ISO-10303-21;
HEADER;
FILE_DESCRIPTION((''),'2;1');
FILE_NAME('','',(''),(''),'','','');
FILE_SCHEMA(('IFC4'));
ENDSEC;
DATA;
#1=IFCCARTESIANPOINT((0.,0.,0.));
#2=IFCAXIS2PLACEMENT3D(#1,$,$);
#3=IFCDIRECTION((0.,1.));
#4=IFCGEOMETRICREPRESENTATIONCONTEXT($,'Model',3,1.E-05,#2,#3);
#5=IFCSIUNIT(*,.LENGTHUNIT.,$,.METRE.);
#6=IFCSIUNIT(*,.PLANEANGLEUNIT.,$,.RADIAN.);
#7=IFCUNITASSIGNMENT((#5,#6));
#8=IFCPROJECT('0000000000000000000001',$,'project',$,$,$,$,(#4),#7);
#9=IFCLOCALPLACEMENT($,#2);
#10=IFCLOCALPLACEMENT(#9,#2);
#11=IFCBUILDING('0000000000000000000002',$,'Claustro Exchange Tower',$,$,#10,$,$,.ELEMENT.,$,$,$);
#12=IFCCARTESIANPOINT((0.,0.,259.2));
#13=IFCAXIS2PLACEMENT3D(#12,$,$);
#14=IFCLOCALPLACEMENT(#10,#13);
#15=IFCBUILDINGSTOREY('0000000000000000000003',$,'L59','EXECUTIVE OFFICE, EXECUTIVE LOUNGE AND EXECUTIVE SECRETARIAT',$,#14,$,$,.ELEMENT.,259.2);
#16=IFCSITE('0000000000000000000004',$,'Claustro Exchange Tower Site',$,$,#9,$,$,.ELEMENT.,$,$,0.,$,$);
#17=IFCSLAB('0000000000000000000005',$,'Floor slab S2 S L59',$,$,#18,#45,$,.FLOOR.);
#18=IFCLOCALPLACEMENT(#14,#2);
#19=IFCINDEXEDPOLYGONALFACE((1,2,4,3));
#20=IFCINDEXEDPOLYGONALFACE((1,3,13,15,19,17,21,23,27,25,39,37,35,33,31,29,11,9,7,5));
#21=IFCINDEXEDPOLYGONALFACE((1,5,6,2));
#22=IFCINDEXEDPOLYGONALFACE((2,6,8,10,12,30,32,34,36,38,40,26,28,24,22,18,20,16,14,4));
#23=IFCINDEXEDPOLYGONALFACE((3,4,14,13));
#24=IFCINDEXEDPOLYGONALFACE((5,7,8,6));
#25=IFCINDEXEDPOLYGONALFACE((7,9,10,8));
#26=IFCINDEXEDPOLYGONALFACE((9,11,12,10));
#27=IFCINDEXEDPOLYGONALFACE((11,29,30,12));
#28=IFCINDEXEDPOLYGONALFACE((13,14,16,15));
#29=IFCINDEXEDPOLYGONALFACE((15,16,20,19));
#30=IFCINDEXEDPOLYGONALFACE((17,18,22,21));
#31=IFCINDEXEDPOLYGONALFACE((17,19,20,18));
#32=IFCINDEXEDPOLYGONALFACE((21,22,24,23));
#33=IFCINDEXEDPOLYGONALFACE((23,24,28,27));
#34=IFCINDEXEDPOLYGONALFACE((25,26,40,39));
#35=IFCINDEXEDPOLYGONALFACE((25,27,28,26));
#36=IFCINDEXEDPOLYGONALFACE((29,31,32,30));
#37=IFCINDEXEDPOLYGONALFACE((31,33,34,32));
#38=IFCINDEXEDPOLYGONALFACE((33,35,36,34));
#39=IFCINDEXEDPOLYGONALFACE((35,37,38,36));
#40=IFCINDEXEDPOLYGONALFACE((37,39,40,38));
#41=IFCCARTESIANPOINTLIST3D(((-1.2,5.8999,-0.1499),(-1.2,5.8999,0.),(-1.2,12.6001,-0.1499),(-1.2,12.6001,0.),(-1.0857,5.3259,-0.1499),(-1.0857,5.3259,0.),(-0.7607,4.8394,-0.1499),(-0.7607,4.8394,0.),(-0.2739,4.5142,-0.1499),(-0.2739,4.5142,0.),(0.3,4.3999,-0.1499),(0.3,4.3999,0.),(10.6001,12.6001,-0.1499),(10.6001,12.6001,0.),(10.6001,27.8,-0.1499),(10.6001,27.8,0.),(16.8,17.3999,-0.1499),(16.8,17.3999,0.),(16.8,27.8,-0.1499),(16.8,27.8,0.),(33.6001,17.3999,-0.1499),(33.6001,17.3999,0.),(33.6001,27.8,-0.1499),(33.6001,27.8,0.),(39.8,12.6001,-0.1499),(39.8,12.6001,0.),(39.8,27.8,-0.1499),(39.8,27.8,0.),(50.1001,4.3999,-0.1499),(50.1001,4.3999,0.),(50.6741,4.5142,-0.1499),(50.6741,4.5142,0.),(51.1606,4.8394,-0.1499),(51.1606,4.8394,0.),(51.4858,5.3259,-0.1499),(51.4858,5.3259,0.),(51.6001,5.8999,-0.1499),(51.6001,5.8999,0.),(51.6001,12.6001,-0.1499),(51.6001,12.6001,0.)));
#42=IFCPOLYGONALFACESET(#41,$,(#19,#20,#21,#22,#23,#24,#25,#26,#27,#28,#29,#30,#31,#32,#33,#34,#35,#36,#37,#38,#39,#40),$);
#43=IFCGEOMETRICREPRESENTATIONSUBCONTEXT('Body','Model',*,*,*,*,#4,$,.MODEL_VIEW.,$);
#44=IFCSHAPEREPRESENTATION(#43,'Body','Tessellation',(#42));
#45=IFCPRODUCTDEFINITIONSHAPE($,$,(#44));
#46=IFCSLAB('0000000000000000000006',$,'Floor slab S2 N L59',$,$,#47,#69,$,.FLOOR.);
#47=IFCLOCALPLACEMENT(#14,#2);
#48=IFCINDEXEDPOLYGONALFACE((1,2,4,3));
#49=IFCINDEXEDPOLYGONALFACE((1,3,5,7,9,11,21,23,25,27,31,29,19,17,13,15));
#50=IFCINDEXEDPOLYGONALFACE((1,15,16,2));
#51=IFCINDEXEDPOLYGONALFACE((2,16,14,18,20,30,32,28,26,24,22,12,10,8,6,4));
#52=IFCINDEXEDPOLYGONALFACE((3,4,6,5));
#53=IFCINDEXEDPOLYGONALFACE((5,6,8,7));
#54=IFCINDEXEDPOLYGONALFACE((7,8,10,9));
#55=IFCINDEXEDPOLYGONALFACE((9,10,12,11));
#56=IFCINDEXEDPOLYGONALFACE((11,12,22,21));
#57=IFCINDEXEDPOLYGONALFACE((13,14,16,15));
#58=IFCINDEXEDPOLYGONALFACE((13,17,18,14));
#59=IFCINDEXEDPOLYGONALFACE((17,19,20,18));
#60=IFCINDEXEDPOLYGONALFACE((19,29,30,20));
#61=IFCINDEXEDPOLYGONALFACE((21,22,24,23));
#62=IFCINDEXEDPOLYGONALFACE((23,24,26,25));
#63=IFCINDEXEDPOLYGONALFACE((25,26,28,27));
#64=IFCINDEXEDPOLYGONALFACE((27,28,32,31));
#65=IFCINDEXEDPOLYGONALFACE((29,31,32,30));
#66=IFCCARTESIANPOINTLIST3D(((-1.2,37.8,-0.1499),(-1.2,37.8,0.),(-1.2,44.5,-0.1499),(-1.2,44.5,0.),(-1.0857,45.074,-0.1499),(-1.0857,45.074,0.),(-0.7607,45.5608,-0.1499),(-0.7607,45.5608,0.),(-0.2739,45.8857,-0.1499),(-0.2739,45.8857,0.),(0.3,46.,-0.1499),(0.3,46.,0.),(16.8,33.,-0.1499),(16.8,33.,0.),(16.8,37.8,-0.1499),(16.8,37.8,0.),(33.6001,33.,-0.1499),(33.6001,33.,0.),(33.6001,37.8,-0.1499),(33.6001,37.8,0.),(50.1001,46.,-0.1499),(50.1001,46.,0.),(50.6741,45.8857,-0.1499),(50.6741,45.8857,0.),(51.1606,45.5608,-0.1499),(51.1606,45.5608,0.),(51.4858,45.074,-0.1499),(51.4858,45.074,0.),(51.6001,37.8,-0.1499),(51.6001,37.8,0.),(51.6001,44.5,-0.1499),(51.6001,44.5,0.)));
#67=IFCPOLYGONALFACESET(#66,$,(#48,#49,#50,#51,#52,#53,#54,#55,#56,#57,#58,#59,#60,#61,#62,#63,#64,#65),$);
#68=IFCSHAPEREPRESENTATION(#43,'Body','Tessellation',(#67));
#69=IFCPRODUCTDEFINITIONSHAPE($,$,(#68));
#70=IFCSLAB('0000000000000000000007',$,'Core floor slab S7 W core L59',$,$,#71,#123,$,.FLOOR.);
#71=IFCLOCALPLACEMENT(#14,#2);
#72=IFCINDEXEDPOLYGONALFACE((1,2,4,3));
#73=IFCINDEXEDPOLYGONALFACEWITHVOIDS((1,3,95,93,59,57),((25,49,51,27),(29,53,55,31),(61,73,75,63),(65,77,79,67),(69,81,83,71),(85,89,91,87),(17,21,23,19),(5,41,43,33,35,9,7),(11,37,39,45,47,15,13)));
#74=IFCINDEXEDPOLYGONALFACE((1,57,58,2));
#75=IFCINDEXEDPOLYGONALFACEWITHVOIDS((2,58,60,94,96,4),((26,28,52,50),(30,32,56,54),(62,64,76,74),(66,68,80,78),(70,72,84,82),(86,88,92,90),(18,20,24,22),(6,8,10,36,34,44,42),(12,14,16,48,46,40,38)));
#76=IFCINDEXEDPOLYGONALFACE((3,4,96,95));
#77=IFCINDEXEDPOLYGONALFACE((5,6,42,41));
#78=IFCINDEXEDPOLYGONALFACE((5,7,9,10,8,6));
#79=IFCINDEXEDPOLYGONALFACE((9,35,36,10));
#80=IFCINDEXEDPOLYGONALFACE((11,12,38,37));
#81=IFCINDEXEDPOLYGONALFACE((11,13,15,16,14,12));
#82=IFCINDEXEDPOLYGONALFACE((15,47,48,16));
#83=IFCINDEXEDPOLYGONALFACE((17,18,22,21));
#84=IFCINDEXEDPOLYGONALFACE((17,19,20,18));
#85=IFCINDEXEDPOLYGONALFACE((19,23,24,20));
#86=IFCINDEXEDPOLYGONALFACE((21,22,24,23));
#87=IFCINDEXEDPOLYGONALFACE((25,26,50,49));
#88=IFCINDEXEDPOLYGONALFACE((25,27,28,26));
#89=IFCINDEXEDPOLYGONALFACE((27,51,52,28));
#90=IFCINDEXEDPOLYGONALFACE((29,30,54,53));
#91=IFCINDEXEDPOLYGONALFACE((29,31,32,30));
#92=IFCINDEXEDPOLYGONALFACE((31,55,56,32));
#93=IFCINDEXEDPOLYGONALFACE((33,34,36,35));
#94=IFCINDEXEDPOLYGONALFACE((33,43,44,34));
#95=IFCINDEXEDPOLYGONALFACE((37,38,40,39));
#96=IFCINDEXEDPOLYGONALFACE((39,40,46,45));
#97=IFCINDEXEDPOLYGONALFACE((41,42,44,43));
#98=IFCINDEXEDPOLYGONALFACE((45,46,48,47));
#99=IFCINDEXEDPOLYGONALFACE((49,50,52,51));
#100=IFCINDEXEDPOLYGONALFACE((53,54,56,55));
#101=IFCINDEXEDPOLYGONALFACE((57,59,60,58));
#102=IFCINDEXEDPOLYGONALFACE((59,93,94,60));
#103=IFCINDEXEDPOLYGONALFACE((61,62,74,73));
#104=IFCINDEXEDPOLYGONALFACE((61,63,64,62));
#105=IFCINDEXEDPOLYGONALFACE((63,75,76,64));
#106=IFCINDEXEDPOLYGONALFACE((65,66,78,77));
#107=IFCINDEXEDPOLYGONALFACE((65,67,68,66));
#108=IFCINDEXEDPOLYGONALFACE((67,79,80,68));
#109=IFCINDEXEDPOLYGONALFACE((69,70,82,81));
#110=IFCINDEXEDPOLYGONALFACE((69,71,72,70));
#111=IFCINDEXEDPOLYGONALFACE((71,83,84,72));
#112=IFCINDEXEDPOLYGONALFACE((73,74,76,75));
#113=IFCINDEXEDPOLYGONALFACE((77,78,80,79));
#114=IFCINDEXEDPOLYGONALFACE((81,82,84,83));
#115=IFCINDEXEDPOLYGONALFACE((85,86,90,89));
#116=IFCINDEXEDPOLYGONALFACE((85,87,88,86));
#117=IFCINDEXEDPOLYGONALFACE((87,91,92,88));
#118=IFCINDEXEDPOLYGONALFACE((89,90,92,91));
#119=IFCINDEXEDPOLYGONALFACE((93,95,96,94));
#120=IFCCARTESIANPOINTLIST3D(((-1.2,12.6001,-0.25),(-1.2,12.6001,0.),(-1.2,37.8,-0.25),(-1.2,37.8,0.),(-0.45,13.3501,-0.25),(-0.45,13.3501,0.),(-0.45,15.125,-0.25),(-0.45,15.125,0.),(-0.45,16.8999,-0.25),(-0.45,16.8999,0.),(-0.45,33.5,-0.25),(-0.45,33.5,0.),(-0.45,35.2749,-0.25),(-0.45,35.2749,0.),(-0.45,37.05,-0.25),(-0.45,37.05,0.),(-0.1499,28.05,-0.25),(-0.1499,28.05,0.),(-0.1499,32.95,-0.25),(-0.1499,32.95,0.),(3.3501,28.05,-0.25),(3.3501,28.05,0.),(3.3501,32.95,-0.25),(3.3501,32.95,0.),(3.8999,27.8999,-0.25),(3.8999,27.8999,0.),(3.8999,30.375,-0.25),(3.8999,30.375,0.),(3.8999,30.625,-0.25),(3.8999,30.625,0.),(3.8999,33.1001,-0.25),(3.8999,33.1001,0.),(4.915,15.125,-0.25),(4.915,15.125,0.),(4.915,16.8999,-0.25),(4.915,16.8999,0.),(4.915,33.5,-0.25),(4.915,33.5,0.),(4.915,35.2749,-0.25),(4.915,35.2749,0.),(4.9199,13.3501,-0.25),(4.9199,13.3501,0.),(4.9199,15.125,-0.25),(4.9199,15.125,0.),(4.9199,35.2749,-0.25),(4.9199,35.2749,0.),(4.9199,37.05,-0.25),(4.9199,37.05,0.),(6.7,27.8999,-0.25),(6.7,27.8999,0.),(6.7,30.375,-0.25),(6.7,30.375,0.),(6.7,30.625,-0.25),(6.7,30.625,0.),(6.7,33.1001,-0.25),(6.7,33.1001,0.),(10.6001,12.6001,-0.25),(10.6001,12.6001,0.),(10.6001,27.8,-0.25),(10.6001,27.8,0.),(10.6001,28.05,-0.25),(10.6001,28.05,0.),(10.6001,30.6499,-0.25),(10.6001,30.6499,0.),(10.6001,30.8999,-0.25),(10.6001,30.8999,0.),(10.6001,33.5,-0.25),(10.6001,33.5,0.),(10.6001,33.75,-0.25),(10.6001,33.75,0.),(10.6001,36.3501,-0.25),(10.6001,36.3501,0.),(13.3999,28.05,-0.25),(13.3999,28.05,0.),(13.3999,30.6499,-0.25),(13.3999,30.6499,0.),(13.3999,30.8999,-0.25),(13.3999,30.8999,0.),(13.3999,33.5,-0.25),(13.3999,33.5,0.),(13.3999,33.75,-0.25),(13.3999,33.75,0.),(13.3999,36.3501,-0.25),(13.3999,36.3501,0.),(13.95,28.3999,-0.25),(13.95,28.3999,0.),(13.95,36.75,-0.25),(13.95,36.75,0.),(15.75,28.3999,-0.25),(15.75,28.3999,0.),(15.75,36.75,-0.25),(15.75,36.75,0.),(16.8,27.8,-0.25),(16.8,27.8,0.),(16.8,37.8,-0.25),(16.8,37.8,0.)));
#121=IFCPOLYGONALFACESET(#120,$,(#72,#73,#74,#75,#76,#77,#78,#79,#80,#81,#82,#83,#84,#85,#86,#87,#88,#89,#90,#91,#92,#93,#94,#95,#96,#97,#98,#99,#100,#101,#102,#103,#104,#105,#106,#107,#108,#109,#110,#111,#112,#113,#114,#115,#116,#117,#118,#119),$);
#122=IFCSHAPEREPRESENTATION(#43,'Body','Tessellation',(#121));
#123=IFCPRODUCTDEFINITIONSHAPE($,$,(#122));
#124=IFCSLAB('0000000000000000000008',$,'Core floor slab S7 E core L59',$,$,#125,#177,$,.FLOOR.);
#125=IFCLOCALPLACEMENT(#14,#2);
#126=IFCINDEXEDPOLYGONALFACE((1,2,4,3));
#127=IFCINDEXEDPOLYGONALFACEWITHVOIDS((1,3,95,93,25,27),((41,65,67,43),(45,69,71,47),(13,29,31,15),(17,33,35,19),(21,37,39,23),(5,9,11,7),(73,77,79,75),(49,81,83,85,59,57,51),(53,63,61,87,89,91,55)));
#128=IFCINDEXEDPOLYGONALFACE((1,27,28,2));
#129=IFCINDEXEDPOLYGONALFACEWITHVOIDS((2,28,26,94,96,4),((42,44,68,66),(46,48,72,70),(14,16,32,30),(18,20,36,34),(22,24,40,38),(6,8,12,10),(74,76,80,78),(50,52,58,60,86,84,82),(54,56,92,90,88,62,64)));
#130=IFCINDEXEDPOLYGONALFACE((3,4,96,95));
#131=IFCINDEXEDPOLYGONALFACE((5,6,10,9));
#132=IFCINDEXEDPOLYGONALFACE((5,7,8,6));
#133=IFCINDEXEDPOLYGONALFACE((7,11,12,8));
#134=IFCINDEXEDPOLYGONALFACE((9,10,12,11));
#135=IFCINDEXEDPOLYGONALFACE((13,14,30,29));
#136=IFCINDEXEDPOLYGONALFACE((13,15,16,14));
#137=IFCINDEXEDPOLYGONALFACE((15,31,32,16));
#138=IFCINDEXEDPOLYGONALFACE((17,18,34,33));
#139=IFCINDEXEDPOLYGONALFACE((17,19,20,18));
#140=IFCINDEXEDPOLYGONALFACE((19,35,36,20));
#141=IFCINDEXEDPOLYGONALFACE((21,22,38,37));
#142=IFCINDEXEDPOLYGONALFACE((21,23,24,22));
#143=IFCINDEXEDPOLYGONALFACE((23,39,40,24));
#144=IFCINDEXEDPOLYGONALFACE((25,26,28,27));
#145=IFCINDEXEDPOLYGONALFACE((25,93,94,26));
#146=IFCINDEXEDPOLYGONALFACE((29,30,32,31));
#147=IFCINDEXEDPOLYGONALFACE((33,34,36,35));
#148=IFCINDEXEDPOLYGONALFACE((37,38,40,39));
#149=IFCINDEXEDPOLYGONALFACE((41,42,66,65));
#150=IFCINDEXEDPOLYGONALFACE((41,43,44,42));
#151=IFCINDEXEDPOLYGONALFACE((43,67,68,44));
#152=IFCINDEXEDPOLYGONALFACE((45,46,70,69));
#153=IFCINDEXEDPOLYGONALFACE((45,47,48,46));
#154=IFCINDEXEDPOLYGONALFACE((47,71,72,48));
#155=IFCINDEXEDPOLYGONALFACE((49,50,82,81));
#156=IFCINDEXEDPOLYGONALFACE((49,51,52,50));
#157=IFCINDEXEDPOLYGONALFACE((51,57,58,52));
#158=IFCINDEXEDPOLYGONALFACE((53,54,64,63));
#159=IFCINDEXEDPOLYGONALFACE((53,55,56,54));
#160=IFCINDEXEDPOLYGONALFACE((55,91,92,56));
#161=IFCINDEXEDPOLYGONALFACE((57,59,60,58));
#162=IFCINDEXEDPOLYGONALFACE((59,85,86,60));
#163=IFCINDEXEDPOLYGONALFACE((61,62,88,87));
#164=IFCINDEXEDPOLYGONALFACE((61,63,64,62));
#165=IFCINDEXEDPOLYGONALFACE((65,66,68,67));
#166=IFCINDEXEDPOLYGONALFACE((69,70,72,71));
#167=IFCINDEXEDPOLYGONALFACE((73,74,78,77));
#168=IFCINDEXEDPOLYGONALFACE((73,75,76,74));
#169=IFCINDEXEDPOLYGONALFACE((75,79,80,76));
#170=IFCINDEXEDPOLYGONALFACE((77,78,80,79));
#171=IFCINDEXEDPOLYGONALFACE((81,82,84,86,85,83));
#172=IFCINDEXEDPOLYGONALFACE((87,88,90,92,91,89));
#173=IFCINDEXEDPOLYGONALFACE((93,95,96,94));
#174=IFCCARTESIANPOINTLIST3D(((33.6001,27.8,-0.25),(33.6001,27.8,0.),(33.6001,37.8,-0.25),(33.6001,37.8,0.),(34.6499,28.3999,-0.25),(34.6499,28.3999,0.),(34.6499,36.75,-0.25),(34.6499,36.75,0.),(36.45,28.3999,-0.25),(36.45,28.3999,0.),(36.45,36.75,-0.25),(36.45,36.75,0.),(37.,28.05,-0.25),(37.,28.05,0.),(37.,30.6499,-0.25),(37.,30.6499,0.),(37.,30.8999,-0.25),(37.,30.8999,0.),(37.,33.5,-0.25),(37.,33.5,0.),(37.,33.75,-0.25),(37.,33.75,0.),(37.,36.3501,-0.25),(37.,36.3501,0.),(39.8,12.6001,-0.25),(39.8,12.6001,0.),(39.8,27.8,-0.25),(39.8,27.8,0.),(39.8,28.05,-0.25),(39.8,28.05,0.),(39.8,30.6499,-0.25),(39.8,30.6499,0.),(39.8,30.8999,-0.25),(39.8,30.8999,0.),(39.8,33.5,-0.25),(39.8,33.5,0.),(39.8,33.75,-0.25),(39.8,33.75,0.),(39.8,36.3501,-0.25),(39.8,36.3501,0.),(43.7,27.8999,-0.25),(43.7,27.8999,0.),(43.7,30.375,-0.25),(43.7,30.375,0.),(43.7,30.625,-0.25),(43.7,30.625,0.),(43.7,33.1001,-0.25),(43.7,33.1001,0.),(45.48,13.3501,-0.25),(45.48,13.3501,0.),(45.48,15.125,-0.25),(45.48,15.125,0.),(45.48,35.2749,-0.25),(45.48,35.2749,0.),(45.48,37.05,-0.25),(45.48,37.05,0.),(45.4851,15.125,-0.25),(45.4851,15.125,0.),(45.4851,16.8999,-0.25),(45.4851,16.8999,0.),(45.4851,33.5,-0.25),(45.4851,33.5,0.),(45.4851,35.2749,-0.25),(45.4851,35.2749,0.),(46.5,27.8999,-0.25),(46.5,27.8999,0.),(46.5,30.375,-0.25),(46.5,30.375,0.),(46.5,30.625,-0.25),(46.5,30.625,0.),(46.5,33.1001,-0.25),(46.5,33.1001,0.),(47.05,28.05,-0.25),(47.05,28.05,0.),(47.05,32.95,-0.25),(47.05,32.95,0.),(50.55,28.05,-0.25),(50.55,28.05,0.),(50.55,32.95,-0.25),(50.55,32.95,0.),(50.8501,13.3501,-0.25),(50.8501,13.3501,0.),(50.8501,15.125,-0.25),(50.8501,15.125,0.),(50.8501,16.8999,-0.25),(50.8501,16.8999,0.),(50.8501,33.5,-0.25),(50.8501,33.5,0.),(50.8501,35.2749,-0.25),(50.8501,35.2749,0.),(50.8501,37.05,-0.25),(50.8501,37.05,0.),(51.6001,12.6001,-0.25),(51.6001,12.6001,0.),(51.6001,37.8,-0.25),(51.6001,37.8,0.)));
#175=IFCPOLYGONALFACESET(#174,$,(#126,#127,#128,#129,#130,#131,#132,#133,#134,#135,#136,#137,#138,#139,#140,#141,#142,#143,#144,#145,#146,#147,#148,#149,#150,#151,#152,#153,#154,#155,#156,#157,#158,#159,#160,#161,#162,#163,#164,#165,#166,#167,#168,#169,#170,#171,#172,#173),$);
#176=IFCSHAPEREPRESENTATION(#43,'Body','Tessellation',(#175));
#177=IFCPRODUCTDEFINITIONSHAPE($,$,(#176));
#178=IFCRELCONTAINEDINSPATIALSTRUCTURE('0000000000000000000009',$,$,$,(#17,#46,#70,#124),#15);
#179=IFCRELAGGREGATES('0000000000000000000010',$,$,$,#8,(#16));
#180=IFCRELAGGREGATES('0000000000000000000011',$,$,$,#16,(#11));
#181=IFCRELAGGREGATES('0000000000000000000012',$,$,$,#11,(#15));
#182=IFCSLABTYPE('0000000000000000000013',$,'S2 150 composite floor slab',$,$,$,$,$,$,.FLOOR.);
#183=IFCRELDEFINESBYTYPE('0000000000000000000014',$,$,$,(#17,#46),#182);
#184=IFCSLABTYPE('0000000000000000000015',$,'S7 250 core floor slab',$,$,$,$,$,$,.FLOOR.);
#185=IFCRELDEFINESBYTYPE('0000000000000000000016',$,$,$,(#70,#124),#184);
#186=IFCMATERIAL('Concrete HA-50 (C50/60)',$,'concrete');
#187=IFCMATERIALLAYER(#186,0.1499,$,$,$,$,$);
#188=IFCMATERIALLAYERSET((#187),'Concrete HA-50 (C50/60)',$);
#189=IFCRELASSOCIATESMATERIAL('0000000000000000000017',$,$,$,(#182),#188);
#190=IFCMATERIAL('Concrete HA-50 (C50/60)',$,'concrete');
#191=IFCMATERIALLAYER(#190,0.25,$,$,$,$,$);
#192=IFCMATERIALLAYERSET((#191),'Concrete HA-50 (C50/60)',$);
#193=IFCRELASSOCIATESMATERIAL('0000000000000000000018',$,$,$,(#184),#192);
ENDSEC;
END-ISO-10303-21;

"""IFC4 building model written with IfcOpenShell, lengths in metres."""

from ifc_helpers import new_model, si_unit, direction, frame, origin, place, context, subcontext, project, spatial, polyline, outline, extrude, material, layer, layer_set, type_object, element, save


model = new_model("IFC4")

# Units and contexts
model_context = context("Model", 3, precision=1e-05, world=origin(), true_north=direction((0.0, 1.0)))
body_context = subcontext(model_context, "Body", "Model", "MODEL_VIEW")
ifc_project = project(units=[si_unit("LENGTHUNIT", "METRE"), si_unit("PLANEANGLEUNIT", "RADIAN")], contexts=[model_context])

# Site, building, storey
site_placement = place(None, origin())
site = spatial("IfcSite", under=ifc_project, at=site_placement, Name="Claustro Exchange Tower Site", CompositionType="ELEMENT", RefElevation=0.0)
building_placement = place(site_placement, origin())
building = spatial("IfcBuilding", under=site, at=building_placement, Name="Claustro Exchange Tower", CompositionType="ELEMENT")
storey_placement = place(building_placement, frame((0.0, 0.0, 259.2)))
storey = spatial("IfcBuildingStorey", under=building, at=storey_placement, Name="L59", Description="EXECUTIVE OFFICE, EXECUTIVE LOUNGE AND EXECUTIVE SECRETARIAT", CompositionType="ELEMENT", Elevation=259.2)

# Slabs
ifc_material_1 = material(Name="Concrete HA-50 (C50/60)", Category="concrete")
ifc_layer_1 = layer(ifc_material_1, 0.1499)
ifc_layer_set_1 = layer_set([ifc_layer_1], Name="Concrete HA-50 (C50/60)")
slab_type_1 = type_object("IfcSlabType", Name="S2 150 composite floor slab", PredefinedType="FLOOR", material=ifc_layer_set_1)
slab_1_placement = place(storey_placement, frame((0.0, 0.0, -0.1499)))
element("IfcSlab", 1, at=slab_1_placement, inside=storey, type_object=slab_type_1, Name="Floor slab S2 S L59", PredefinedType="FLOOR", context=body_context, shape_type="SweptSolid", body=[
    extrude(outline(polyline([(-0.2739, 4.5142), (0.3, 4.3999), (50.1001, 4.3999), (50.6741, 4.5142), (51.1606, 4.8394), (51.4858, 5.3259), (51.6001, 5.8999), (51.6001, 12.6001), (39.8, 12.6001), (39.8, 27.8), (33.6001, 27.8), (33.6001, 17.3999), (16.8, 17.3999), (16.8, 27.8), (10.6001, 27.8), (10.6001, 12.6001), (-1.2, 12.6001), (-1.2, 5.8999), (-1.0857, 5.3259), (-0.7607, 4.8394), (-0.2739, 4.5142)])), origin(), (0.0, 0.0, 1.0), 0.1499),
])
slab_2_placement = place(storey_placement, frame((0.0, 0.0, -0.1499)))
element("IfcSlab", 2, at=slab_2_placement, inside=storey, type_object=slab_type_1, Name="Floor slab S2 N L59", PredefinedType="FLOOR", context=body_context, shape_type="SweptSolid", body=[
    extrude(outline(polyline([(16.8, 37.8), (16.8, 33.0), (33.6001, 33.0), (33.6001, 37.8), (51.6001, 37.8), (51.6001, 44.5), (51.4858, 45.074), (51.1606, 45.5608), (50.6741, 45.8857), (50.1001, 46.0), (0.3, 46.0), (-0.2739, 45.8857), (-0.7607, 45.5608), (-1.0857, 45.074), (-1.2, 44.5), (-1.2, 37.8), (16.8, 37.8)])), origin(), (0.0, 0.0, 1.0), 0.1499),
])
ifc_material_2 = material(Name="Concrete HA-50 (C50/60)", Category="concrete")
ifc_layer_2 = layer(ifc_material_2, 0.25)
ifc_layer_set_2 = layer_set([ifc_layer_2], Name="Concrete HA-50 (C50/60)")
slab_type_2 = type_object("IfcSlabType", Name="S7 250 core floor slab", PredefinedType="FLOOR", material=ifc_layer_set_2)
slab_3_placement = place(storey_placement, frame((0.0, 0.0, -0.25)))
element("IfcSlab", 3, at=slab_3_placement, inside=storey, type_object=slab_type_2, Name="Core floor slab S7 W core L59", PredefinedType="FLOOR", context=body_context, shape_type="SweptSolid", body=[
    extrude(outline(polyline([(-1.2, 37.8), (-1.2, 12.6001), (10.6001, 12.6001), (10.6001, 27.8), (16.8, 27.8), (16.8, 37.8), (-1.2, 37.8)]), holes=[polyline([(13.95, 36.75), (15.75, 36.75), (15.75, 28.3999), (13.95, 28.3999), (13.95, 36.75)]), polyline([(10.6001, 30.6499), (13.3999, 30.6499), (13.3999, 28.05), (10.6001, 28.05), (10.6001, 30.6499)]), polyline([(10.6001, 33.5), (13.3999, 33.5), (13.3999, 30.8999), (10.6001, 30.8999), (10.6001, 33.5)]), polyline([(13.3999, 36.3501), (13.3999, 33.75), (10.6001, 33.75), (10.6001, 36.3501), (13.3999, 36.3501)]), polyline([(3.8999, 30.375), (6.7, 30.375), (6.7, 27.8999), (3.8999, 27.8999), (3.8999, 30.375)]), polyline([(3.8999, 33.1001), (6.7, 33.1001), (6.7, 30.625), (3.8999, 30.625), (3.8999, 33.1001)]), polyline([(-0.45, 13.3501), (-0.45, 15.125), (-0.45, 16.8999), (4.915, 16.8999), (4.915, 15.125), (4.9199, 15.125), (4.9199, 13.3501), (-0.45, 13.3501)]), polyline([(-0.45, 37.05), (4.9199, 37.05), (4.9199, 35.2749), (4.915, 35.2749), (4.915, 33.5), (-0.45, 33.5), (-0.45, 35.2749), (-0.45, 37.05)]), polyline([(-0.1499, 32.95), (3.3501, 32.95), (3.3501, 28.05), (-0.1499, 28.05), (-0.1499, 32.95)])]), origin(), (0.0, 0.0, 1.0), 0.25),
])
slab_4_placement = place(storey_placement, frame((0.0, 0.0, -0.25)))
element("IfcSlab", 4, at=slab_4_placement, inside=storey, type_object=slab_type_2, Name="Core floor slab S7 E core L59", PredefinedType="FLOOR", context=body_context, shape_type="SweptSolid", body=[
    extrude(outline(polyline([(51.6001, 37.8), (33.6001, 37.8), (33.6001, 27.8), (39.8, 27.8), (39.8, 12.6001), (51.6001, 12.6001), (51.6001, 37.8)]), holes=[polyline([(45.48, 15.125), (45.4851, 15.125), (45.4851, 16.8999), (50.8501, 16.8999), (50.8501, 15.125), (50.8501, 13.3501), (45.48, 13.3501), (45.48, 15.125)]), polyline([(45.48, 35.2749), (45.48, 37.05), (50.8501, 37.05), (50.8501, 35.2749), (50.8501, 33.5), (45.4851, 33.5), (45.4851, 35.2749), (45.48, 35.2749)]), polyline([(47.05, 32.95), (50.55, 32.95), (50.55, 28.05), (47.05, 28.05), (47.05, 32.95)]), polyline([(43.7, 30.375), (46.5, 30.375), (46.5, 27.8999), (43.7, 27.8999), (43.7, 30.375)]), polyline([(43.7, 33.1001), (46.5, 33.1001), (46.5, 30.625), (43.7, 30.625), (43.7, 33.1001)]), polyline([(37.0, 30.6499), (39.8, 30.6499), (39.8, 28.05), (37.0, 28.05), (37.0, 30.6499)]), polyline([(37.0, 33.5), (39.8, 33.5), (39.8, 30.8999), (37.0, 30.8999), (37.0, 33.5)]), polyline([(39.8, 36.3501), (39.8, 33.75), (37.0, 33.75), (37.0, 36.3501), (39.8, 36.3501)]), polyline([(34.6499, 36.75), (36.45, 36.75), (36.45, 28.3999), (34.6499, 28.3999), (34.6499, 36.75)])]), origin(), (0.0, 0.0, 1.0), 0.25),
])

save(model, "model.ifc")
